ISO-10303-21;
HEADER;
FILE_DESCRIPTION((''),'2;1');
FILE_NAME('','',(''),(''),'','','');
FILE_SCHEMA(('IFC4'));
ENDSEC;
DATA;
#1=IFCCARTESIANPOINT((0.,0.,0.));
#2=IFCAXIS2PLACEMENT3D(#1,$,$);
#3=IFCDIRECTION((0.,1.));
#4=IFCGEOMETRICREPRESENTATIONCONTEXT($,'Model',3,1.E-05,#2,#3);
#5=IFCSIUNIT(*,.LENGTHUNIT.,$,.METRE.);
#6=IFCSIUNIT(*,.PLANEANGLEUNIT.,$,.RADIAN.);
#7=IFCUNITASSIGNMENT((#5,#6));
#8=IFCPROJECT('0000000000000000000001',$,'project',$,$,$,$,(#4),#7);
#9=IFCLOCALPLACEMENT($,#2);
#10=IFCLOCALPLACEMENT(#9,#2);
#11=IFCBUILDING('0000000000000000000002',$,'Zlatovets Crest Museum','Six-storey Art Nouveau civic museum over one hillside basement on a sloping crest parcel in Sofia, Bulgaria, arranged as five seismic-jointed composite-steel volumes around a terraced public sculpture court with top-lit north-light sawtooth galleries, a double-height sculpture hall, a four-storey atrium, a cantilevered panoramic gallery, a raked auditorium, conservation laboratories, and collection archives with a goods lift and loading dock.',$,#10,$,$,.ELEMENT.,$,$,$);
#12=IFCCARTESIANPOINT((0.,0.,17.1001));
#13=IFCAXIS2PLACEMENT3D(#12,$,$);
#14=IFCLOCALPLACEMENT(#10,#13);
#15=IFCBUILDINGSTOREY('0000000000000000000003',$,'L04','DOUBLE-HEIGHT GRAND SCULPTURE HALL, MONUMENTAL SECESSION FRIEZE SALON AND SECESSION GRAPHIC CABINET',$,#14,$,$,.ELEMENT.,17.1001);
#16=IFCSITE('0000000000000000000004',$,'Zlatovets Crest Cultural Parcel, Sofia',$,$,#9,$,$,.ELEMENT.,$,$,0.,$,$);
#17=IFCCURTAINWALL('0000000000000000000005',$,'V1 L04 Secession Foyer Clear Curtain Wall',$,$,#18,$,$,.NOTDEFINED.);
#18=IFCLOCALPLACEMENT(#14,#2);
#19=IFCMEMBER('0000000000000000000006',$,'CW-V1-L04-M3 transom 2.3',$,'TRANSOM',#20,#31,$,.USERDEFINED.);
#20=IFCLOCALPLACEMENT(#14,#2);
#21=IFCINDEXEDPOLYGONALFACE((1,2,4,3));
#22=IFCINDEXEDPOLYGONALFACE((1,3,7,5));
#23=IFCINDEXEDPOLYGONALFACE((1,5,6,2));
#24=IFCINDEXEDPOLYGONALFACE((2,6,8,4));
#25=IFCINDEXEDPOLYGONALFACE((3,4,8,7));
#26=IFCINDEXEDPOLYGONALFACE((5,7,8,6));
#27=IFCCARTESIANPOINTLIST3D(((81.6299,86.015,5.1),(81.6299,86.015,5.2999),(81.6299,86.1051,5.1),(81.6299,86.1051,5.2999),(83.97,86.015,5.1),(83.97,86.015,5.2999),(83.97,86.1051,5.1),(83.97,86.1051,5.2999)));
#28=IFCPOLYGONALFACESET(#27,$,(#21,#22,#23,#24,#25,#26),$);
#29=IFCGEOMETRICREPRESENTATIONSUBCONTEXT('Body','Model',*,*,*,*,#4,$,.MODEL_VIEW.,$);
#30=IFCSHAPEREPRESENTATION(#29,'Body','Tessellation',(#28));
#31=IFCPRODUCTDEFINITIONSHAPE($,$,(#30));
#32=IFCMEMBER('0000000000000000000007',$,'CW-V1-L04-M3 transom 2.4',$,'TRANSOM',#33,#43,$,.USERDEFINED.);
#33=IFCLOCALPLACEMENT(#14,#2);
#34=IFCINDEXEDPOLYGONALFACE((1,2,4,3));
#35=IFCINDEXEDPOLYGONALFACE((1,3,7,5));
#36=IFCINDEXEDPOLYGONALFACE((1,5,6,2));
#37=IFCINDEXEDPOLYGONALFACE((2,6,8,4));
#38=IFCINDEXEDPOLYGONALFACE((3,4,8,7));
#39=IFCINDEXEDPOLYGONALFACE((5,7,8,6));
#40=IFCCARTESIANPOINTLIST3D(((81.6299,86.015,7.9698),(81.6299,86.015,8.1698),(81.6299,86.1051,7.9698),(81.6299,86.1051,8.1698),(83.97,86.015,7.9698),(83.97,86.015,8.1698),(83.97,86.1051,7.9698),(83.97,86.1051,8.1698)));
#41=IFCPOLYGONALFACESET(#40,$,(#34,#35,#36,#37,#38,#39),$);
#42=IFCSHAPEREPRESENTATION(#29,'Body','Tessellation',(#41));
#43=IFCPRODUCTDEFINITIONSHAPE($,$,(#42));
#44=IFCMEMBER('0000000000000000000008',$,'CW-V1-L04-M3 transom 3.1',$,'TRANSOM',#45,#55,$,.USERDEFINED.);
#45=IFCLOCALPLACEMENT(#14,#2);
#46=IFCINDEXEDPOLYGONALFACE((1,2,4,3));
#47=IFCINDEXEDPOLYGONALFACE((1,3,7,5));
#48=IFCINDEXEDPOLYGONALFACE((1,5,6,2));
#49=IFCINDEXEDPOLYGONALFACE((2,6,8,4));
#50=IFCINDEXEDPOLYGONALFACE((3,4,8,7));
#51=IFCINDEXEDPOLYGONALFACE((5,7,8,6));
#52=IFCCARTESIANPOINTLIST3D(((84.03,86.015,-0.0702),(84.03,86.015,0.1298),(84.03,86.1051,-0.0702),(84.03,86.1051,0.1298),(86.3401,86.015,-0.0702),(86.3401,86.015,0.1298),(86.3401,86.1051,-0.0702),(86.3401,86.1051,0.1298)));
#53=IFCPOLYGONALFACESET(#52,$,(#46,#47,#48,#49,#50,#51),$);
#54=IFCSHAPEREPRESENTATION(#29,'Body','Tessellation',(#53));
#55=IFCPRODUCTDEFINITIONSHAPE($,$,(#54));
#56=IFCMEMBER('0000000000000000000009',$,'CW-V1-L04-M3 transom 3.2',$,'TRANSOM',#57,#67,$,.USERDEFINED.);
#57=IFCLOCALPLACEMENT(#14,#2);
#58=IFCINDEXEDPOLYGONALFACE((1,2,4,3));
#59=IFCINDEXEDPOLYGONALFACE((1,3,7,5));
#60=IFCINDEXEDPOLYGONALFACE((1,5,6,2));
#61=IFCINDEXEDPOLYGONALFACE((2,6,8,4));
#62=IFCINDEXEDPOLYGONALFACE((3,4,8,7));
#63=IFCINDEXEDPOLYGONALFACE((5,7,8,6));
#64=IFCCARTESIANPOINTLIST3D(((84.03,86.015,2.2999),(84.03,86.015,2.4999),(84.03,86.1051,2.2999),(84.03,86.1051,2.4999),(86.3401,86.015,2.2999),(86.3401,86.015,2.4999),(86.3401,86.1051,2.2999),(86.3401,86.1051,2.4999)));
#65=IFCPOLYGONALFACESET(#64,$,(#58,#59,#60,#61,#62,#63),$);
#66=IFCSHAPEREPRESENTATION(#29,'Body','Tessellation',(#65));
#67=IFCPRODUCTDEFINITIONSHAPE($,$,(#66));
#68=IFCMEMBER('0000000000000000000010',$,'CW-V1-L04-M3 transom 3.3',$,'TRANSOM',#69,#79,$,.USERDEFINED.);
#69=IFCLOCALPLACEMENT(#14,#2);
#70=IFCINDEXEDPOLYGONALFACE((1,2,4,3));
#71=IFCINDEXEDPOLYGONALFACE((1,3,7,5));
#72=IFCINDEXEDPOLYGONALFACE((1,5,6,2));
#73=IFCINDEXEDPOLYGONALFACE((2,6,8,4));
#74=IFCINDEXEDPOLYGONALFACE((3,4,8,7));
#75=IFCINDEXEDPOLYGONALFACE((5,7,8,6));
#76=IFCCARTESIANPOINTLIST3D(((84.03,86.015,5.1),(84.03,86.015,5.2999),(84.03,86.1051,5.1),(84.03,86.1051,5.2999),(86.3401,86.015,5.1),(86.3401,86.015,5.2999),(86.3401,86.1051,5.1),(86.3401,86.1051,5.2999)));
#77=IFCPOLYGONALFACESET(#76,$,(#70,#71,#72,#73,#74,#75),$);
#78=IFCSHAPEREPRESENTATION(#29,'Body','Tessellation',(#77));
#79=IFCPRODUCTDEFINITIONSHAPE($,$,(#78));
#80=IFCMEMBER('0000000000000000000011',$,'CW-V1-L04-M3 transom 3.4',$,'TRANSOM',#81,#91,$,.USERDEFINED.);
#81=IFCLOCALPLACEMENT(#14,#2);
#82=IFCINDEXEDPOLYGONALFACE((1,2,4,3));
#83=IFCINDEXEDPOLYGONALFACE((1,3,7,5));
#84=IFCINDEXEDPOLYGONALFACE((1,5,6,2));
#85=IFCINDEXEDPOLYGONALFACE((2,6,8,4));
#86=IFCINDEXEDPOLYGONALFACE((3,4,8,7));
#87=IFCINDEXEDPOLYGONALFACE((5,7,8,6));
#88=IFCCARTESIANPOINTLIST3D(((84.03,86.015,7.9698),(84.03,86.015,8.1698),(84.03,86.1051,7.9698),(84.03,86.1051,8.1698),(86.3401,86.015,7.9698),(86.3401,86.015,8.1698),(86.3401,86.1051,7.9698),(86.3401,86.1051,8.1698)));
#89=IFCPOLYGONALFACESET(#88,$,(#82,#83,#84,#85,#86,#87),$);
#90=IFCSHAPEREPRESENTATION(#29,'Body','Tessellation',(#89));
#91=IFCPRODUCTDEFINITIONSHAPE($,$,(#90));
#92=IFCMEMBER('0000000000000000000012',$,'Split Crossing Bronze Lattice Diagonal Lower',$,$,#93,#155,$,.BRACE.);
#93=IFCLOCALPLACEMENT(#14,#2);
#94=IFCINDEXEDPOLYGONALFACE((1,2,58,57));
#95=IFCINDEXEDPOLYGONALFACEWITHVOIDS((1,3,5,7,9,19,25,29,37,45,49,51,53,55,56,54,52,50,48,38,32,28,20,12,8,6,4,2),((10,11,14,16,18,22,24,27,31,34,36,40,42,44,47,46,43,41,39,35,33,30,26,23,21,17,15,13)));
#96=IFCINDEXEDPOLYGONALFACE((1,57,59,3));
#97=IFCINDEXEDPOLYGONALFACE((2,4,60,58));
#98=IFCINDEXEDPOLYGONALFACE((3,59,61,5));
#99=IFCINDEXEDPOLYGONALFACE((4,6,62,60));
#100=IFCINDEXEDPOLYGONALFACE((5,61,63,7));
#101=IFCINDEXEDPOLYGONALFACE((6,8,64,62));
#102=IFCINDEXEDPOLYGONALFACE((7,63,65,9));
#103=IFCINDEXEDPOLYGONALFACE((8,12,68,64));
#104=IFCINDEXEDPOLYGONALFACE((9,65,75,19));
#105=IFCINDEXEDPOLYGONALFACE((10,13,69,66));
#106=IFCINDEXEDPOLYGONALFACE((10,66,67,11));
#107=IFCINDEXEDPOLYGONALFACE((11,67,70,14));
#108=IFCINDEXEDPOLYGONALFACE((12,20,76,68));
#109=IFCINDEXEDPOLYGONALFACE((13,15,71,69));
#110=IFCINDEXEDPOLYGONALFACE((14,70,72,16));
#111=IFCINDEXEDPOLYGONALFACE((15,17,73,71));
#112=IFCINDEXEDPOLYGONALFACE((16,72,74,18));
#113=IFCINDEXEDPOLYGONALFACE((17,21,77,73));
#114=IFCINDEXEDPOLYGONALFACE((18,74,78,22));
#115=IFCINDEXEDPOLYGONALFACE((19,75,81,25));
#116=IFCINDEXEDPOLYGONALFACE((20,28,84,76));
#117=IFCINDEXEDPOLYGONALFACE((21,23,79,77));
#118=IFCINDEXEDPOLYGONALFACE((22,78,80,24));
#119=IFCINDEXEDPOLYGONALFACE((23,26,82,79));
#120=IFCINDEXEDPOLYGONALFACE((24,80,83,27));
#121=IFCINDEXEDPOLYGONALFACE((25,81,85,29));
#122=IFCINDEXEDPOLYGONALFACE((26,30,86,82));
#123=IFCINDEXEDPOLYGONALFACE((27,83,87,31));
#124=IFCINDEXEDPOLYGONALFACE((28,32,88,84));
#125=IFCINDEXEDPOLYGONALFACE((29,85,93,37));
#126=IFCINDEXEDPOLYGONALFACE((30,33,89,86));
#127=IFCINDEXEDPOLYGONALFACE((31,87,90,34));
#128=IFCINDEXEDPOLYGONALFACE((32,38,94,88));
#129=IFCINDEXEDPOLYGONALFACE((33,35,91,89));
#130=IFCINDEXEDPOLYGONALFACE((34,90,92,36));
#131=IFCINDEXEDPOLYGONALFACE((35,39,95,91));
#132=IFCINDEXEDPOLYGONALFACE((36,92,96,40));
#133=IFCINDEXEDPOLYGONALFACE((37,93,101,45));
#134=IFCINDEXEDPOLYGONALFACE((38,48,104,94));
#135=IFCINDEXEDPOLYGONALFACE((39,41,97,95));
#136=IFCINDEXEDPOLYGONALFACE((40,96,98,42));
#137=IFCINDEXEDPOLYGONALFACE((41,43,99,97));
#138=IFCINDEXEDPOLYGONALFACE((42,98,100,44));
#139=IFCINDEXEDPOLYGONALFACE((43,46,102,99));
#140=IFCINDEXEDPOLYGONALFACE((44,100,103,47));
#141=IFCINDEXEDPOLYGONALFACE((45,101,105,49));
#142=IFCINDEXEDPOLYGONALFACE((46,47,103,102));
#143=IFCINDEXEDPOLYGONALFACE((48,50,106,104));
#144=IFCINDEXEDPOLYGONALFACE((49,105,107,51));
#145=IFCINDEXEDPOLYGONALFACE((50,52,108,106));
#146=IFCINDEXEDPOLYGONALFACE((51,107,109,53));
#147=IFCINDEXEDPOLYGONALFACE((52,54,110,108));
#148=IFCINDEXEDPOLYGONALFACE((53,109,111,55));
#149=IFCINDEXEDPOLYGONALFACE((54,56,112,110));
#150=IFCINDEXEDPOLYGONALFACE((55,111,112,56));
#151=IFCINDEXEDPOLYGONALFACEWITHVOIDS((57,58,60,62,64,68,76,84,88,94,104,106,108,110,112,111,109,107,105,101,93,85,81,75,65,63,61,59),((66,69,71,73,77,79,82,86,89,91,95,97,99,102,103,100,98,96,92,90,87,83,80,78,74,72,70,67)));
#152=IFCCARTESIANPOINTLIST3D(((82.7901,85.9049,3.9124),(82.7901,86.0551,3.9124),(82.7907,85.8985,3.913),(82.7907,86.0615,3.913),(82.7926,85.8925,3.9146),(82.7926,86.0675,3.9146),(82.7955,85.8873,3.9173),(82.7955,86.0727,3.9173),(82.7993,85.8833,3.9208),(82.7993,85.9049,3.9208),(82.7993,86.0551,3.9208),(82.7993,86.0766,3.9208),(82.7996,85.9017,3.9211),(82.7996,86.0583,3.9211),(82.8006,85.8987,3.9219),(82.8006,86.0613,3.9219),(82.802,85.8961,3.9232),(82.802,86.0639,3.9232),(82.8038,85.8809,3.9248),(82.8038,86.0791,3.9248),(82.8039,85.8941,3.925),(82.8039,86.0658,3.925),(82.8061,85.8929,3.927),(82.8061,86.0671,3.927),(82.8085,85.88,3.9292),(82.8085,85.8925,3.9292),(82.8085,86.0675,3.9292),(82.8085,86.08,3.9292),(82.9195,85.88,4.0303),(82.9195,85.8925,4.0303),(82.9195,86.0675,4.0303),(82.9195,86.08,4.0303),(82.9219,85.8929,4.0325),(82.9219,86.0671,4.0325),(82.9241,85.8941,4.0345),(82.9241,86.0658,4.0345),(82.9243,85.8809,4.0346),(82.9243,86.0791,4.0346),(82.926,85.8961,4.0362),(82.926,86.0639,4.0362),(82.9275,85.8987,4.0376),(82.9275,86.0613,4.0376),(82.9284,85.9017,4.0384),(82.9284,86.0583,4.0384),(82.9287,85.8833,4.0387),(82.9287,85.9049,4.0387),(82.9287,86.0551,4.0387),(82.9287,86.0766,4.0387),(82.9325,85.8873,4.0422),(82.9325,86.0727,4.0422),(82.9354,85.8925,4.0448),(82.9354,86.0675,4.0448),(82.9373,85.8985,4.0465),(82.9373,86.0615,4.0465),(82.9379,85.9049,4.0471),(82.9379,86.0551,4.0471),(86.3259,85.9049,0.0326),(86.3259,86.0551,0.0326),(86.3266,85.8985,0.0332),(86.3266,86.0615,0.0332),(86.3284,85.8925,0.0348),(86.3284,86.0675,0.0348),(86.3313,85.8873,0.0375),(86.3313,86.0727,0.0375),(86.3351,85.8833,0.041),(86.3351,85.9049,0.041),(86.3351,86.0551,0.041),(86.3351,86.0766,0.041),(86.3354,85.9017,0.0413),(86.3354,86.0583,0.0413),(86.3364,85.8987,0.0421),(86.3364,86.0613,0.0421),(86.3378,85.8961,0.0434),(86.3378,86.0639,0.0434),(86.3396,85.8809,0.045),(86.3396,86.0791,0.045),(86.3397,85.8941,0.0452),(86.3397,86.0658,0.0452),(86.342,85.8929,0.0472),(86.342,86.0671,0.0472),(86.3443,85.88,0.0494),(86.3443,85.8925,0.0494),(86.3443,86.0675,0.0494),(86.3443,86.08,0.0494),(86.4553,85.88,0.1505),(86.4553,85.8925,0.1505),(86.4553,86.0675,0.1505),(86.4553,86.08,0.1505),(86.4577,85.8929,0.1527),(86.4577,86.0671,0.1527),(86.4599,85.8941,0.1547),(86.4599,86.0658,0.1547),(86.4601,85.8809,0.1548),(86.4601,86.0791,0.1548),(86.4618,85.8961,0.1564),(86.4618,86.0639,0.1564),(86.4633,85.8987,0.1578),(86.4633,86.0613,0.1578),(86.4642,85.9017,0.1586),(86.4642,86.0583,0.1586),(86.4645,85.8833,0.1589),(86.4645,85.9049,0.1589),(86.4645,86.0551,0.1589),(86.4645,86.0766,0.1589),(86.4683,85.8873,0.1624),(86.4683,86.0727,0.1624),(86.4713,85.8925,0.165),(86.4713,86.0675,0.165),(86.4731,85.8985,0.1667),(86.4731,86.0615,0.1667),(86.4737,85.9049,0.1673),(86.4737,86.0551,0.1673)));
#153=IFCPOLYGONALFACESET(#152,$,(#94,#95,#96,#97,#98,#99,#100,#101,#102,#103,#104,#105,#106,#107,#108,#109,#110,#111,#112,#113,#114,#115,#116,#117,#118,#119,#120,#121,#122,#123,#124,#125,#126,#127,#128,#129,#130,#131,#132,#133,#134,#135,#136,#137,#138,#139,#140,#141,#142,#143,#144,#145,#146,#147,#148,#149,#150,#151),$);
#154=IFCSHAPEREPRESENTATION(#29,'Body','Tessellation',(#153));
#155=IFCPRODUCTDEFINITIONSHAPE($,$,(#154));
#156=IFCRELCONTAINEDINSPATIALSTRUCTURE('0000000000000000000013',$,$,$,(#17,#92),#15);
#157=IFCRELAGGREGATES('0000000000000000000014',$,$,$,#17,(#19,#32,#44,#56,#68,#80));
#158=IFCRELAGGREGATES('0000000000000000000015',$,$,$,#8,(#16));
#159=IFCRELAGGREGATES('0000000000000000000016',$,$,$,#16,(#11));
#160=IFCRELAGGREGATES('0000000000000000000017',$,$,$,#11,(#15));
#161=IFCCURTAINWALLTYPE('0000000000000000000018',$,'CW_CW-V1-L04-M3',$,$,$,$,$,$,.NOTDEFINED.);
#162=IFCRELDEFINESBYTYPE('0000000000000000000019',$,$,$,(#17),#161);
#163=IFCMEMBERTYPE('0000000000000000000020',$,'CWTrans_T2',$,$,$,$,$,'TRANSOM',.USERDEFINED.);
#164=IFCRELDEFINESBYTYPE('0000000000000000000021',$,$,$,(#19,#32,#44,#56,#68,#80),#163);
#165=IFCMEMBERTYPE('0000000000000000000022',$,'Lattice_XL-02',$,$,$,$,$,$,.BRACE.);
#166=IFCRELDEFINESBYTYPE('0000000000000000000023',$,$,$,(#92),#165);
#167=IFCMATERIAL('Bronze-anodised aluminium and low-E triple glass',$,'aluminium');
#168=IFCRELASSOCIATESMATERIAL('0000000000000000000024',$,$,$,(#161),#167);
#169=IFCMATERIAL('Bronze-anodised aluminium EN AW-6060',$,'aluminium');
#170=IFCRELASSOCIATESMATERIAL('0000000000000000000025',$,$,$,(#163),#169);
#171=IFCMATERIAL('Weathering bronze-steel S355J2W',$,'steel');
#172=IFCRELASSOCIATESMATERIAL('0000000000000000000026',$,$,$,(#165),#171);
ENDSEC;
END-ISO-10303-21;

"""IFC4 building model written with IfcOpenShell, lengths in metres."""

from ifc_helpers import new_model, si_unit, direction, frame, origin, origin_2d, place, context, subcontext, project, spatial, rectangle, hollow_rectangle, extrude, material, material_profile, profile_set, type_object, element, aggregate, save


model = new_model("IFC4")

# Units and contexts
model_context = context("Model", 3, precision=1e-05, world=origin(), true_north=direction((0.0, 1.0)))
body_context = subcontext(model_context, "Body", "Model", "MODEL_VIEW")
ifc_project = project(units=[si_unit("LENGTHUNIT", "METRE"), si_unit("PLANEANGLEUNIT", "RADIAN")], contexts=[model_context])

# Site, building, storey
site_placement = place(None, origin())
site = spatial("IfcSite", under=ifc_project, at=site_placement, Name="Zlatovets Crest Cultural Parcel, Sofia", CompositionType="ELEMENT", RefElevation=0.0)
building_placement = place(site_placement, origin())
building = spatial("IfcBuilding", under=site, at=building_placement, Name="Zlatovets Crest Museum", Description="Six-storey Art Nouveau civic museum over one hillside basement on a sloping crest parcel in Sofia, Bulgaria, arranged as five seismic-jointed composite-steel volumes around a terraced public sculpture court with top-lit north-light sawtooth galleries, a double-height sculpture hall, a four-storey atrium, a cantilevered panoramic gallery, a raked auditorium, conservation laboratories, and collection archives with a goods lift and loading dock.", CompositionType="ELEMENT")
storey_placement = place(building_placement, frame((0.0, 0.0, 17.1001)))
storey = spatial("IfcBuildingStorey", under=building, at=storey_placement, Name="L04", Description="DOUBLE-HEIGHT GRAND SCULPTURE HALL, MONUMENTAL SECESSION FRIEZE SALON AND SECESSION GRAPHIC CABINET", CompositionType="ELEMENT", Elevation=17.1001)

# Curtain wall
ifc_material_1 = material(Name="Bronze-anodised aluminium and low-E triple glass", Category="aluminium")
curtain_wall_type_1 = type_object("IfcCurtainWallType", Name="CW_CW-V1-L04-M3", PredefinedType="NOTDEFINED", material=ifc_material_1)
curtain_wall_1_placement = place(storey_placement, origin())
curtain_wall_1 = element("IfcCurtainWall", 1, at=curtain_wall_1_placement, inside=storey, type_object=curtain_wall_type_1, Name="V1 L04 Secession Foyer Clear Curtain Wall", PredefinedType="NOTDEFINED")
ifc_material_2 = material(Name="Bronze-anodised aluminium EN AW-6060", Category="aluminium")

# Members
ifc_material_profile_1 = material_profile(ifc_material_2, rectangle(XDim=0.0901, YDim=0.2, at=origin_2d()), Name="ALU 90x200")
ifc_profile_set_1 = profile_set([ifc_material_profile_1], Name="Bronze-anodised aluminium EN AW-6060")
member_type_1 = type_object("IfcMemberType", Name="CWTrans_T2", ElementType="TRANSOM", PredefinedType="USERDEFINED", material=ifc_profile_set_1)
member_1_placement = place(storey_placement, frame((81.6299, 86.0601, 5.2), z_axis=(1.0, 0.0, 0.0), x_axis=(0.0, 1.0, 0.0)))
member_1 = element("IfcMember", 2, at=member_1_placement, type_object=member_type_1, Name="CW-V1-L04-M3 transom 2.3", ObjectType="TRANSOM", PredefinedType="USERDEFINED", context=body_context, shape_type="SweptSolid", body=[
    extrude(rectangle(XDim=0.0901, YDim=0.2, at=origin_2d()), origin(), (0.0, 0.0, 1.0), 2.3401),
])
member_2_placement = place(storey_placement, frame((81.6299, 86.0601, 8.0698), z_axis=(1.0, 0.0, 0.0), x_axis=(0.0, 1.0, 0.0)))
member_2 = element("IfcMember", 3, at=member_2_placement, type_object=member_type_1, Name="CW-V1-L04-M3 transom 2.4", ObjectType="TRANSOM", PredefinedType="USERDEFINED", context=body_context, shape_type="SweptSolid", body=[
    extrude(rectangle(XDim=0.0901, YDim=0.2, at=origin_2d()), origin(), (0.0, 0.0, 1.0), 2.3401),
])
member_3_placement = place(storey_placement, frame((84.03, 86.0601, 0.0298), z_axis=(1.0, 0.0, 0.0), x_axis=(0.0, 1.0, 0.0)))
member_3 = element("IfcMember", 4, at=member_3_placement, type_object=member_type_1, Name="CW-V1-L04-M3 transom 3.1", ObjectType="TRANSOM", PredefinedType="USERDEFINED", context=body_context, shape_type="SweptSolid", body=[
    extrude(rectangle(XDim=0.0901, YDim=0.2, at=origin_2d()), origin(), (0.0, 0.0, 1.0), 2.3101),
])
member_4_placement = place(storey_placement, frame((84.03, 86.0601, 2.3999), z_axis=(1.0, 0.0, 0.0), x_axis=(0.0, 1.0, 0.0)))
member_4 = element("IfcMember", 5, at=member_4_placement, type_object=member_type_1, Name="CW-V1-L04-M3 transom 3.2", ObjectType="TRANSOM", PredefinedType="USERDEFINED", context=body_context, shape_type="SweptSolid", body=[
    extrude(rectangle(XDim=0.0901, YDim=0.2, at=origin_2d()), origin(), (0.0, 0.0, 1.0), 2.3101),
])
member_5_placement = place(storey_placement, frame((84.03, 86.0601, 5.2), z_axis=(1.0, 0.0, 0.0), x_axis=(0.0, 1.0, 0.0)))
member_5 = element("IfcMember", 6, at=member_5_placement, type_object=member_type_1, Name="CW-V1-L04-M3 transom 3.3", ObjectType="TRANSOM", PredefinedType="USERDEFINED", context=body_context, shape_type="SweptSolid", body=[
    extrude(rectangle(XDim=0.0901, YDim=0.2, at=origin_2d()), origin(), (0.0, 0.0, 1.0), 2.3101),
])
member_6_placement = place(storey_placement, frame((84.03, 86.0601, 8.0698), z_axis=(1.0, 0.0, 0.0), x_axis=(0.0, 1.0, 0.0)))
member_6 = element("IfcMember", 7, at=member_6_placement, type_object=member_type_1, Name="CW-V1-L04-M3 transom 3.4", ObjectType="TRANSOM", PredefinedType="USERDEFINED", context=body_context, shape_type="SweptSolid", body=[
    extrude(rectangle(XDim=0.0901, YDim=0.2, at=origin_2d()), origin(), (0.0, 0.0, 1.0), 2.3101),
])

# Member
ifc_material_3 = material(Name="Weathering bronze-steel S355J2W", Category="steel")
ifc_material_profile_2 = material_profile(ifc_material_3, hollow_rectangle(XDim=0.2, YDim=0.2, WallThickness=0.0125, InnerFilletRadius=0.0125, OuterFilletRadius=0.0249, at=origin_2d()), Name="SHS 200x200x12.5")
ifc_profile_set_2 = profile_set([ifc_material_profile_2], Name="Weathering bronze-steel S355J2W")
member_type_2 = type_object("IfcMemberType", Name="Lattice_XL-02", PredefinedType="BRACE", material=ifc_profile_set_2)
member_7_placement = place(storey_placement, frame((82.864, 85.98, 3.9797), z_axis=(0.673582, 0.0, -0.739112), x_axis=(0.0, 1.0, 0.0)))
element("IfcMember", 8, at=member_7_placement, inside=storey, type_object=member_type_2, Name="Split Crossing Bronze Lattice Diagonal Lower", PredefinedType="BRACE", context=body_context, shape_type="SweptSolid", body=[
    extrude(hollow_rectangle(XDim=0.2, YDim=0.2, WallThickness=0.0125, InnerFilletRadius=0.0125, OuterFilletRadius=0.0249, at=origin_2d()), origin(), (0.0, 0.0, 1.0), 5.2493),
])

aggregate(curtain_wall_1, [member_1, member_2, member_3, member_4, member_5, member_6])

save(model, "model.ifc")
